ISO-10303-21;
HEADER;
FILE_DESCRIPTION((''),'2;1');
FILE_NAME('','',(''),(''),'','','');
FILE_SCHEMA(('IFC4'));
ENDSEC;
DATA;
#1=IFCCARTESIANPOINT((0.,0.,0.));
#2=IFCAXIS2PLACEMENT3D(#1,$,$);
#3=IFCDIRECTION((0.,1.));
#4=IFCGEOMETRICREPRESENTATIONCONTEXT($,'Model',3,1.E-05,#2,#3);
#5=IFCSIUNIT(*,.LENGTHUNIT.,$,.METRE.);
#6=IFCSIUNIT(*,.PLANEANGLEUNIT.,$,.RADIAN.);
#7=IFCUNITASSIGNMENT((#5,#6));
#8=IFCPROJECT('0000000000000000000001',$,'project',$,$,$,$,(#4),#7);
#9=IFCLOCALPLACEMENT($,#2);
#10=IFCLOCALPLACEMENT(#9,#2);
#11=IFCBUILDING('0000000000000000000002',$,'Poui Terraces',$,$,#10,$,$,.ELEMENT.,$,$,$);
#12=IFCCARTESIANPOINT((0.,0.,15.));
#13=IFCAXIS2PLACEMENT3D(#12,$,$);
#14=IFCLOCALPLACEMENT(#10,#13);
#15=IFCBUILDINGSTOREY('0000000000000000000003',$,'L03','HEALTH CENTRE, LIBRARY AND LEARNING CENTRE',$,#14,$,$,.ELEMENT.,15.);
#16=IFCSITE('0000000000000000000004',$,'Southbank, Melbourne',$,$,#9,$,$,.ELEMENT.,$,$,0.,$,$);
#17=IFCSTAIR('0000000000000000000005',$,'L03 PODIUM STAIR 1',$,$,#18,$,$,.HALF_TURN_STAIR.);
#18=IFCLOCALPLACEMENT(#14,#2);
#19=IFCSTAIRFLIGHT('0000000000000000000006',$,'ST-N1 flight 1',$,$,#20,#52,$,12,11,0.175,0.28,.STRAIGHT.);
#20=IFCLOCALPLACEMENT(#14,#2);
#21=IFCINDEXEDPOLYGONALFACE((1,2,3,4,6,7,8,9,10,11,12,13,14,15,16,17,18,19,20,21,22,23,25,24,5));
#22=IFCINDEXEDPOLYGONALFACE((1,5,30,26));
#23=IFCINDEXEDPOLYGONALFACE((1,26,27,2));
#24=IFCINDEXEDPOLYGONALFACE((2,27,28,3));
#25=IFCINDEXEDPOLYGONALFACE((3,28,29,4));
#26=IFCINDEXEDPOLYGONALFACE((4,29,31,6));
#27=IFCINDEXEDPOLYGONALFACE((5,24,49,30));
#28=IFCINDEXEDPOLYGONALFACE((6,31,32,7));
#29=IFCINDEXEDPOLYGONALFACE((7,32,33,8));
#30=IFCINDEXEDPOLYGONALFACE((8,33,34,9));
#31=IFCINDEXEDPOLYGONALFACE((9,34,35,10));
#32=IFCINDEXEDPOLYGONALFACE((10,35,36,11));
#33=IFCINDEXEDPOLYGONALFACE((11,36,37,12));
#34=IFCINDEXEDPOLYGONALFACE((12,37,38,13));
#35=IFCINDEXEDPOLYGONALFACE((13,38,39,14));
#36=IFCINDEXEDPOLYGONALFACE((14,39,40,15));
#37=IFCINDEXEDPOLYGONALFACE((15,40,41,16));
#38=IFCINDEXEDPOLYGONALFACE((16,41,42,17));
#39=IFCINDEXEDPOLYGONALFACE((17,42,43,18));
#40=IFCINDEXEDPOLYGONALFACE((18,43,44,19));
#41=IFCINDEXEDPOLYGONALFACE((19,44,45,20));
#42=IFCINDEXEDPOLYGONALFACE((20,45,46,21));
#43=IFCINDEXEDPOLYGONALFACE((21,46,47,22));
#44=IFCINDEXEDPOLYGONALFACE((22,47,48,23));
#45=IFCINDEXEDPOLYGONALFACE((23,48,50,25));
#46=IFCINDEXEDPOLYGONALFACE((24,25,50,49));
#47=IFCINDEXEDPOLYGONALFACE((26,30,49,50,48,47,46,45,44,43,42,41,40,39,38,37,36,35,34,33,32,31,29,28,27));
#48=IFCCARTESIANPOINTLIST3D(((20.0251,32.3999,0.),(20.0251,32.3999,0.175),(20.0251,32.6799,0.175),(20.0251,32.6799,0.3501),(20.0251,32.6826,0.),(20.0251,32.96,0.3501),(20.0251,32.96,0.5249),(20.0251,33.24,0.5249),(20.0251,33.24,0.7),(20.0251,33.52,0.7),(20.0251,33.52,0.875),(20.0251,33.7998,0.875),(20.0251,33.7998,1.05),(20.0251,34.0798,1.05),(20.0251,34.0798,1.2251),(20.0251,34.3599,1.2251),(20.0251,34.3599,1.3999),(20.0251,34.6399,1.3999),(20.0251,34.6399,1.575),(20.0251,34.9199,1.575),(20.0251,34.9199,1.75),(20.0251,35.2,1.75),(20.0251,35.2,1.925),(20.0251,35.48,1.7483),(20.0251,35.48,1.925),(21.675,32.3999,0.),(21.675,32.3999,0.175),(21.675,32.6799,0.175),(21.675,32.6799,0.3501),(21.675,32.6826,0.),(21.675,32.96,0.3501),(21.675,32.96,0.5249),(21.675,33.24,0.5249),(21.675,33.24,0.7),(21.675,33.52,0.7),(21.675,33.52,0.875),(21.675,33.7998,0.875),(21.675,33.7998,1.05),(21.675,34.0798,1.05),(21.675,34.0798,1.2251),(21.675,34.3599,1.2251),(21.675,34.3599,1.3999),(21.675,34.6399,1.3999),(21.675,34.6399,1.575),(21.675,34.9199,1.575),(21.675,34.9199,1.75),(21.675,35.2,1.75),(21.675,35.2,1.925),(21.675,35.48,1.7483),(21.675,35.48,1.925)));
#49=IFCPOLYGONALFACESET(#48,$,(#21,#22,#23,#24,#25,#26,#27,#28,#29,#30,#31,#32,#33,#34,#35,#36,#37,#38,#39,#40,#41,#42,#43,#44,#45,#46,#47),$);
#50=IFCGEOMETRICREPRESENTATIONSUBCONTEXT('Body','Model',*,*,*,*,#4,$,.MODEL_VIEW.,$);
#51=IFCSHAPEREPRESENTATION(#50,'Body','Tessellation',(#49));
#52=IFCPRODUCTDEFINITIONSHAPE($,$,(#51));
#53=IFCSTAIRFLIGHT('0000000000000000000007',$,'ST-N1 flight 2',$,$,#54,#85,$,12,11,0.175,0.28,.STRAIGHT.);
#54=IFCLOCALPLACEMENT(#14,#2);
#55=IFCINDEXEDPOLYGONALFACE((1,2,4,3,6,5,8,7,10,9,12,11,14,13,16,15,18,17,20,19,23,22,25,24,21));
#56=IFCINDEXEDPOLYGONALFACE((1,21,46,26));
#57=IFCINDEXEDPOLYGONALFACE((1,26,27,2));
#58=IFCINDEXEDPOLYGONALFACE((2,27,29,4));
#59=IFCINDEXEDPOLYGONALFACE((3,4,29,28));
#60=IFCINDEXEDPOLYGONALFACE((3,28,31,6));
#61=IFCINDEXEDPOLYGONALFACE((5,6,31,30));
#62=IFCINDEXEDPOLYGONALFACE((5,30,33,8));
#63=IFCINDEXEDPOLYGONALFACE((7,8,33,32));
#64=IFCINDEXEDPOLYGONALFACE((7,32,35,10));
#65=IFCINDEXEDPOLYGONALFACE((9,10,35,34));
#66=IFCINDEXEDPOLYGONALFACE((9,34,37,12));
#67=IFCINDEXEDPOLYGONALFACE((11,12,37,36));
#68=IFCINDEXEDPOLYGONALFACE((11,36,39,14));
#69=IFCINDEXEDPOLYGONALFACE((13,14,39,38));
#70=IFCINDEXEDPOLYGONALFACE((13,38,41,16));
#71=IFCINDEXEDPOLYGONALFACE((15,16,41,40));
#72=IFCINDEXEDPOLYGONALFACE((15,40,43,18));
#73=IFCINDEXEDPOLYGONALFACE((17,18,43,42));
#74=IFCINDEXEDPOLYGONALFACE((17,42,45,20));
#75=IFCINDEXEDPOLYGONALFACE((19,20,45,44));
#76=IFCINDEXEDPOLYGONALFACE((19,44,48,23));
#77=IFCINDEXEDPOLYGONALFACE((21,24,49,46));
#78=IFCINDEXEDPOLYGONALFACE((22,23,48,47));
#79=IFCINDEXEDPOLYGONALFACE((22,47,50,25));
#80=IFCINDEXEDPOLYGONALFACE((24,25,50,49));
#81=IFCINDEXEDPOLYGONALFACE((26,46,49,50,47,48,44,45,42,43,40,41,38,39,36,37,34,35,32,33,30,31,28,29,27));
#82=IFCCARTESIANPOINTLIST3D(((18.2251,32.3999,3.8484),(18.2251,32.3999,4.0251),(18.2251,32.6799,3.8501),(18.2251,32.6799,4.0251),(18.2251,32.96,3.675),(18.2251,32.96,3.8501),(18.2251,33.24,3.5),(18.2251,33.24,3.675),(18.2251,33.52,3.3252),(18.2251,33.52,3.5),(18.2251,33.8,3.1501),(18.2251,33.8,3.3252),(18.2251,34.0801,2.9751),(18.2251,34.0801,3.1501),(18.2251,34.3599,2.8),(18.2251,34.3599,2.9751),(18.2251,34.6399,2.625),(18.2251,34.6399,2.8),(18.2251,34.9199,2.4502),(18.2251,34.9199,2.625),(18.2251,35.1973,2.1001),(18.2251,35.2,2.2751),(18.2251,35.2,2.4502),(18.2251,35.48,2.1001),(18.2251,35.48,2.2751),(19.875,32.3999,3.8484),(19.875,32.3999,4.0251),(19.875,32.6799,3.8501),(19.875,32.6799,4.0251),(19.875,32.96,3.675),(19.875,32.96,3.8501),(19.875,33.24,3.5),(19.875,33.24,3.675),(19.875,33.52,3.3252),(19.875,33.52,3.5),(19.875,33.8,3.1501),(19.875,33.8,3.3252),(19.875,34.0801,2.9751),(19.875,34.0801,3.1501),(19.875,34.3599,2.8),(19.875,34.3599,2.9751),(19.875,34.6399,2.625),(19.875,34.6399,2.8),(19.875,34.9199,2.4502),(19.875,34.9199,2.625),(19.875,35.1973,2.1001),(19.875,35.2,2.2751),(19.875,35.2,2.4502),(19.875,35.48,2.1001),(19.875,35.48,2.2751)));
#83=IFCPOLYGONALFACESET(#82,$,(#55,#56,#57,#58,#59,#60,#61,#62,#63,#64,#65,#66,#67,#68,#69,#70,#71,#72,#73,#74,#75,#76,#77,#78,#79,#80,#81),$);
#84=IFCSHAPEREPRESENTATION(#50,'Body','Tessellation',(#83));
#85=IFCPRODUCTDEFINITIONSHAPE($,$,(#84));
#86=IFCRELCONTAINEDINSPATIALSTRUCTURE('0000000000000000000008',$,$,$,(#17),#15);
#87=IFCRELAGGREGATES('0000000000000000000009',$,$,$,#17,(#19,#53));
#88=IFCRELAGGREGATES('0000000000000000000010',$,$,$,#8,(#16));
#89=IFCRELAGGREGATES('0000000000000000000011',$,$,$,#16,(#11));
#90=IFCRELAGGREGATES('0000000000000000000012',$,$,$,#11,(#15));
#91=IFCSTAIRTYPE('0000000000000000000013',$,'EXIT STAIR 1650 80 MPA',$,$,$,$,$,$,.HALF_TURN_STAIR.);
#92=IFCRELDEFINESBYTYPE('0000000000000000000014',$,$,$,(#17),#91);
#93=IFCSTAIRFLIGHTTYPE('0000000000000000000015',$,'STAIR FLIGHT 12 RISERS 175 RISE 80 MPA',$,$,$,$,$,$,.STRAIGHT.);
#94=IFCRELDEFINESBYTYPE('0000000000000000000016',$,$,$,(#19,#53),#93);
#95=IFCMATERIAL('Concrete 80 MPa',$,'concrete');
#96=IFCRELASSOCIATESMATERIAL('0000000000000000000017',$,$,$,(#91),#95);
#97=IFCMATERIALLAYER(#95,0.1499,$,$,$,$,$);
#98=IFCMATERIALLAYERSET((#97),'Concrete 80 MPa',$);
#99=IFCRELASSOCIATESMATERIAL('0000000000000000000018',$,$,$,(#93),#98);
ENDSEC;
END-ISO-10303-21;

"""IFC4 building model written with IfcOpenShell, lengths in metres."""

from ifc_helpers import new_model, si_unit, direction, frame, origin, place, context, subcontext, project, spatial, polyline, outline, extrude, material, layer, layer_set, type_object, element, aggregate, save


model = new_model("IFC4")

# Units and contexts
model_context = context("Model", 3, precision=1e-05, world=origin(), true_north=direction((0.0, 1.0)))
body_context = subcontext(model_context, "Body", "Model", "MODEL_VIEW")
ifc_project = project(units=[si_unit("LENGTHUNIT", "METRE"), si_unit("PLANEANGLEUNIT", "RADIAN")], contexts=[model_context])

# Site, building, storey
site_placement = place(None, origin())
site = spatial("IfcSite", under=ifc_project, at=site_placement, Name="Southbank, Melbourne", CompositionType="ELEMENT", RefElevation=0.0)
building_placement = place(site_placement, origin())
building = spatial("IfcBuilding", under=site, at=building_placement, Name="Poui Terraces", CompositionType="ELEMENT")
storey_placement = place(building_placement, frame((0.0, 0.0, 15.0)))
storey = spatial("IfcBuildingStorey", under=building, at=storey_placement, Name="L03", Description="HEALTH CENTRE, LIBRARY AND LEARNING CENTRE", CompositionType="ELEMENT", Elevation=15.0)

# Shared definitions
ifc_material_1 = material(Name="Concrete 80 MPa", Category="concrete")

# Stair, stair flights
stair_type = type_object("IfcStairType", Name="EXIT STAIR 1650 80 MPA", PredefinedType="HALF_TURN_STAIR", material=ifc_material_1)
stair_placement = place(storey_placement, origin())
stair = element("IfcStair", 1, at=stair_placement, inside=storey, type_object=stair_type, Name="L03 PODIUM STAIR 1", PredefinedType="HALF_TURN_STAIR")
ifc_layer_1 = layer(ifc_material_1, 0.1499)
ifc_layer_set_1 = layer_set([ifc_layer_1], Name="Concrete 80 MPa")
stair_flight_type = type_object("IfcStairFlightType", Name="STAIR FLIGHT 12 RISERS 175 RISE 80 MPA", PredefinedType="STRAIGHT", material=ifc_layer_set_1)
stair_flight_1_placement = place(storey_placement, frame((20.8501, 32.3999, 0.0), z_axis=(0.0, 0.0, 1.0), x_axis=(0.0, 1.0, 0.0)))
stair_flight_1 = element("IfcStairFlight", 2, at=stair_flight_1_placement, type_object=stair_flight_type, Name="ST-N1 flight 1", NumberOfRisers=12, NumberOfTreads=11, PredefinedType="STRAIGHT", RiserHeight=0.175, TreadLength=0.28, context=body_context, shape_type="SweptSolid", body=[
    extrude(outline(polyline([(0.0, 0.0), (0.0, 0.175), (0.28, 0.175), (0.28, 0.3501), (0.5601, 0.3501), (0.5601, 0.5249), (0.8401, 0.5249), (0.8401, 0.7), (1.1201, 0.7), (1.1201, 0.875), (1.3999, 0.875), (1.3999, 1.05), (1.6799, 1.05), (1.6799, 1.2251), (1.96, 1.2251), (1.96, 1.3999), (2.24, 1.3999), (2.24, 1.575), (2.52, 1.575), (2.52, 1.75), (2.8, 1.75), (2.8, 1.925), (3.0801, 1.925), (3.0801, 2.1001), (3.0801, 1.7483), (0.2827, 0.0), (0.0, 0.0)])), frame((0.0, 0.825, 0.0), z_axis=(0.0, -1.0, 0.0), x_axis=(1.0, 0.0, 0.0)), (0.0, 0.0, 1.0), 1.6499),
])
stair_flight_2_placement = place(storey_placement, frame((19.05, 35.48, 2.1001), z_axis=(0.0, 0.0, 1.0), x_axis=(0.0, -1.0, 0.0)))
stair_flight_2 = element("IfcStairFlight", 3, at=stair_flight_2_placement, type_object=stair_flight_type, Name="ST-N1 flight 2", NumberOfRisers=12, NumberOfTreads=11, PredefinedType="STRAIGHT", RiserHeight=0.175, TreadLength=0.28, context=body_context, shape_type="SweptSolid", body=[
    extrude(outline(polyline([(0.0, 0.0), (0.0, 0.175), (0.28, 0.175), (0.28, 0.3501), (0.5601, 0.3501), (0.5601, 0.5249), (0.8401, 0.5249), (0.8401, 0.7), (1.1201, 0.7), (1.1201, 0.875), (1.3999, 0.875), (1.3999, 1.05), (1.6799, 1.05), (1.6799, 1.2251), (1.96, 1.2251), (1.96, 1.3999), (2.24, 1.3999), (2.24, 1.575), (2.52, 1.575), (2.52, 1.75), (2.8, 1.75), (2.8, 1.925), (3.0801, 1.925), (3.0801, 2.1001), (3.0801, 1.7483), (0.2827, 0.0), (0.0, 0.0)])), frame((0.0, 0.825, 0.0), z_axis=(0.0, -1.0, 0.0), x_axis=(1.0, 0.0, 0.0)), (0.0, 0.0, 1.0), 1.6499),
])
aggregate(stair, [stair_flight_1, stair_flight_2])

save(model, "model.ifc")
